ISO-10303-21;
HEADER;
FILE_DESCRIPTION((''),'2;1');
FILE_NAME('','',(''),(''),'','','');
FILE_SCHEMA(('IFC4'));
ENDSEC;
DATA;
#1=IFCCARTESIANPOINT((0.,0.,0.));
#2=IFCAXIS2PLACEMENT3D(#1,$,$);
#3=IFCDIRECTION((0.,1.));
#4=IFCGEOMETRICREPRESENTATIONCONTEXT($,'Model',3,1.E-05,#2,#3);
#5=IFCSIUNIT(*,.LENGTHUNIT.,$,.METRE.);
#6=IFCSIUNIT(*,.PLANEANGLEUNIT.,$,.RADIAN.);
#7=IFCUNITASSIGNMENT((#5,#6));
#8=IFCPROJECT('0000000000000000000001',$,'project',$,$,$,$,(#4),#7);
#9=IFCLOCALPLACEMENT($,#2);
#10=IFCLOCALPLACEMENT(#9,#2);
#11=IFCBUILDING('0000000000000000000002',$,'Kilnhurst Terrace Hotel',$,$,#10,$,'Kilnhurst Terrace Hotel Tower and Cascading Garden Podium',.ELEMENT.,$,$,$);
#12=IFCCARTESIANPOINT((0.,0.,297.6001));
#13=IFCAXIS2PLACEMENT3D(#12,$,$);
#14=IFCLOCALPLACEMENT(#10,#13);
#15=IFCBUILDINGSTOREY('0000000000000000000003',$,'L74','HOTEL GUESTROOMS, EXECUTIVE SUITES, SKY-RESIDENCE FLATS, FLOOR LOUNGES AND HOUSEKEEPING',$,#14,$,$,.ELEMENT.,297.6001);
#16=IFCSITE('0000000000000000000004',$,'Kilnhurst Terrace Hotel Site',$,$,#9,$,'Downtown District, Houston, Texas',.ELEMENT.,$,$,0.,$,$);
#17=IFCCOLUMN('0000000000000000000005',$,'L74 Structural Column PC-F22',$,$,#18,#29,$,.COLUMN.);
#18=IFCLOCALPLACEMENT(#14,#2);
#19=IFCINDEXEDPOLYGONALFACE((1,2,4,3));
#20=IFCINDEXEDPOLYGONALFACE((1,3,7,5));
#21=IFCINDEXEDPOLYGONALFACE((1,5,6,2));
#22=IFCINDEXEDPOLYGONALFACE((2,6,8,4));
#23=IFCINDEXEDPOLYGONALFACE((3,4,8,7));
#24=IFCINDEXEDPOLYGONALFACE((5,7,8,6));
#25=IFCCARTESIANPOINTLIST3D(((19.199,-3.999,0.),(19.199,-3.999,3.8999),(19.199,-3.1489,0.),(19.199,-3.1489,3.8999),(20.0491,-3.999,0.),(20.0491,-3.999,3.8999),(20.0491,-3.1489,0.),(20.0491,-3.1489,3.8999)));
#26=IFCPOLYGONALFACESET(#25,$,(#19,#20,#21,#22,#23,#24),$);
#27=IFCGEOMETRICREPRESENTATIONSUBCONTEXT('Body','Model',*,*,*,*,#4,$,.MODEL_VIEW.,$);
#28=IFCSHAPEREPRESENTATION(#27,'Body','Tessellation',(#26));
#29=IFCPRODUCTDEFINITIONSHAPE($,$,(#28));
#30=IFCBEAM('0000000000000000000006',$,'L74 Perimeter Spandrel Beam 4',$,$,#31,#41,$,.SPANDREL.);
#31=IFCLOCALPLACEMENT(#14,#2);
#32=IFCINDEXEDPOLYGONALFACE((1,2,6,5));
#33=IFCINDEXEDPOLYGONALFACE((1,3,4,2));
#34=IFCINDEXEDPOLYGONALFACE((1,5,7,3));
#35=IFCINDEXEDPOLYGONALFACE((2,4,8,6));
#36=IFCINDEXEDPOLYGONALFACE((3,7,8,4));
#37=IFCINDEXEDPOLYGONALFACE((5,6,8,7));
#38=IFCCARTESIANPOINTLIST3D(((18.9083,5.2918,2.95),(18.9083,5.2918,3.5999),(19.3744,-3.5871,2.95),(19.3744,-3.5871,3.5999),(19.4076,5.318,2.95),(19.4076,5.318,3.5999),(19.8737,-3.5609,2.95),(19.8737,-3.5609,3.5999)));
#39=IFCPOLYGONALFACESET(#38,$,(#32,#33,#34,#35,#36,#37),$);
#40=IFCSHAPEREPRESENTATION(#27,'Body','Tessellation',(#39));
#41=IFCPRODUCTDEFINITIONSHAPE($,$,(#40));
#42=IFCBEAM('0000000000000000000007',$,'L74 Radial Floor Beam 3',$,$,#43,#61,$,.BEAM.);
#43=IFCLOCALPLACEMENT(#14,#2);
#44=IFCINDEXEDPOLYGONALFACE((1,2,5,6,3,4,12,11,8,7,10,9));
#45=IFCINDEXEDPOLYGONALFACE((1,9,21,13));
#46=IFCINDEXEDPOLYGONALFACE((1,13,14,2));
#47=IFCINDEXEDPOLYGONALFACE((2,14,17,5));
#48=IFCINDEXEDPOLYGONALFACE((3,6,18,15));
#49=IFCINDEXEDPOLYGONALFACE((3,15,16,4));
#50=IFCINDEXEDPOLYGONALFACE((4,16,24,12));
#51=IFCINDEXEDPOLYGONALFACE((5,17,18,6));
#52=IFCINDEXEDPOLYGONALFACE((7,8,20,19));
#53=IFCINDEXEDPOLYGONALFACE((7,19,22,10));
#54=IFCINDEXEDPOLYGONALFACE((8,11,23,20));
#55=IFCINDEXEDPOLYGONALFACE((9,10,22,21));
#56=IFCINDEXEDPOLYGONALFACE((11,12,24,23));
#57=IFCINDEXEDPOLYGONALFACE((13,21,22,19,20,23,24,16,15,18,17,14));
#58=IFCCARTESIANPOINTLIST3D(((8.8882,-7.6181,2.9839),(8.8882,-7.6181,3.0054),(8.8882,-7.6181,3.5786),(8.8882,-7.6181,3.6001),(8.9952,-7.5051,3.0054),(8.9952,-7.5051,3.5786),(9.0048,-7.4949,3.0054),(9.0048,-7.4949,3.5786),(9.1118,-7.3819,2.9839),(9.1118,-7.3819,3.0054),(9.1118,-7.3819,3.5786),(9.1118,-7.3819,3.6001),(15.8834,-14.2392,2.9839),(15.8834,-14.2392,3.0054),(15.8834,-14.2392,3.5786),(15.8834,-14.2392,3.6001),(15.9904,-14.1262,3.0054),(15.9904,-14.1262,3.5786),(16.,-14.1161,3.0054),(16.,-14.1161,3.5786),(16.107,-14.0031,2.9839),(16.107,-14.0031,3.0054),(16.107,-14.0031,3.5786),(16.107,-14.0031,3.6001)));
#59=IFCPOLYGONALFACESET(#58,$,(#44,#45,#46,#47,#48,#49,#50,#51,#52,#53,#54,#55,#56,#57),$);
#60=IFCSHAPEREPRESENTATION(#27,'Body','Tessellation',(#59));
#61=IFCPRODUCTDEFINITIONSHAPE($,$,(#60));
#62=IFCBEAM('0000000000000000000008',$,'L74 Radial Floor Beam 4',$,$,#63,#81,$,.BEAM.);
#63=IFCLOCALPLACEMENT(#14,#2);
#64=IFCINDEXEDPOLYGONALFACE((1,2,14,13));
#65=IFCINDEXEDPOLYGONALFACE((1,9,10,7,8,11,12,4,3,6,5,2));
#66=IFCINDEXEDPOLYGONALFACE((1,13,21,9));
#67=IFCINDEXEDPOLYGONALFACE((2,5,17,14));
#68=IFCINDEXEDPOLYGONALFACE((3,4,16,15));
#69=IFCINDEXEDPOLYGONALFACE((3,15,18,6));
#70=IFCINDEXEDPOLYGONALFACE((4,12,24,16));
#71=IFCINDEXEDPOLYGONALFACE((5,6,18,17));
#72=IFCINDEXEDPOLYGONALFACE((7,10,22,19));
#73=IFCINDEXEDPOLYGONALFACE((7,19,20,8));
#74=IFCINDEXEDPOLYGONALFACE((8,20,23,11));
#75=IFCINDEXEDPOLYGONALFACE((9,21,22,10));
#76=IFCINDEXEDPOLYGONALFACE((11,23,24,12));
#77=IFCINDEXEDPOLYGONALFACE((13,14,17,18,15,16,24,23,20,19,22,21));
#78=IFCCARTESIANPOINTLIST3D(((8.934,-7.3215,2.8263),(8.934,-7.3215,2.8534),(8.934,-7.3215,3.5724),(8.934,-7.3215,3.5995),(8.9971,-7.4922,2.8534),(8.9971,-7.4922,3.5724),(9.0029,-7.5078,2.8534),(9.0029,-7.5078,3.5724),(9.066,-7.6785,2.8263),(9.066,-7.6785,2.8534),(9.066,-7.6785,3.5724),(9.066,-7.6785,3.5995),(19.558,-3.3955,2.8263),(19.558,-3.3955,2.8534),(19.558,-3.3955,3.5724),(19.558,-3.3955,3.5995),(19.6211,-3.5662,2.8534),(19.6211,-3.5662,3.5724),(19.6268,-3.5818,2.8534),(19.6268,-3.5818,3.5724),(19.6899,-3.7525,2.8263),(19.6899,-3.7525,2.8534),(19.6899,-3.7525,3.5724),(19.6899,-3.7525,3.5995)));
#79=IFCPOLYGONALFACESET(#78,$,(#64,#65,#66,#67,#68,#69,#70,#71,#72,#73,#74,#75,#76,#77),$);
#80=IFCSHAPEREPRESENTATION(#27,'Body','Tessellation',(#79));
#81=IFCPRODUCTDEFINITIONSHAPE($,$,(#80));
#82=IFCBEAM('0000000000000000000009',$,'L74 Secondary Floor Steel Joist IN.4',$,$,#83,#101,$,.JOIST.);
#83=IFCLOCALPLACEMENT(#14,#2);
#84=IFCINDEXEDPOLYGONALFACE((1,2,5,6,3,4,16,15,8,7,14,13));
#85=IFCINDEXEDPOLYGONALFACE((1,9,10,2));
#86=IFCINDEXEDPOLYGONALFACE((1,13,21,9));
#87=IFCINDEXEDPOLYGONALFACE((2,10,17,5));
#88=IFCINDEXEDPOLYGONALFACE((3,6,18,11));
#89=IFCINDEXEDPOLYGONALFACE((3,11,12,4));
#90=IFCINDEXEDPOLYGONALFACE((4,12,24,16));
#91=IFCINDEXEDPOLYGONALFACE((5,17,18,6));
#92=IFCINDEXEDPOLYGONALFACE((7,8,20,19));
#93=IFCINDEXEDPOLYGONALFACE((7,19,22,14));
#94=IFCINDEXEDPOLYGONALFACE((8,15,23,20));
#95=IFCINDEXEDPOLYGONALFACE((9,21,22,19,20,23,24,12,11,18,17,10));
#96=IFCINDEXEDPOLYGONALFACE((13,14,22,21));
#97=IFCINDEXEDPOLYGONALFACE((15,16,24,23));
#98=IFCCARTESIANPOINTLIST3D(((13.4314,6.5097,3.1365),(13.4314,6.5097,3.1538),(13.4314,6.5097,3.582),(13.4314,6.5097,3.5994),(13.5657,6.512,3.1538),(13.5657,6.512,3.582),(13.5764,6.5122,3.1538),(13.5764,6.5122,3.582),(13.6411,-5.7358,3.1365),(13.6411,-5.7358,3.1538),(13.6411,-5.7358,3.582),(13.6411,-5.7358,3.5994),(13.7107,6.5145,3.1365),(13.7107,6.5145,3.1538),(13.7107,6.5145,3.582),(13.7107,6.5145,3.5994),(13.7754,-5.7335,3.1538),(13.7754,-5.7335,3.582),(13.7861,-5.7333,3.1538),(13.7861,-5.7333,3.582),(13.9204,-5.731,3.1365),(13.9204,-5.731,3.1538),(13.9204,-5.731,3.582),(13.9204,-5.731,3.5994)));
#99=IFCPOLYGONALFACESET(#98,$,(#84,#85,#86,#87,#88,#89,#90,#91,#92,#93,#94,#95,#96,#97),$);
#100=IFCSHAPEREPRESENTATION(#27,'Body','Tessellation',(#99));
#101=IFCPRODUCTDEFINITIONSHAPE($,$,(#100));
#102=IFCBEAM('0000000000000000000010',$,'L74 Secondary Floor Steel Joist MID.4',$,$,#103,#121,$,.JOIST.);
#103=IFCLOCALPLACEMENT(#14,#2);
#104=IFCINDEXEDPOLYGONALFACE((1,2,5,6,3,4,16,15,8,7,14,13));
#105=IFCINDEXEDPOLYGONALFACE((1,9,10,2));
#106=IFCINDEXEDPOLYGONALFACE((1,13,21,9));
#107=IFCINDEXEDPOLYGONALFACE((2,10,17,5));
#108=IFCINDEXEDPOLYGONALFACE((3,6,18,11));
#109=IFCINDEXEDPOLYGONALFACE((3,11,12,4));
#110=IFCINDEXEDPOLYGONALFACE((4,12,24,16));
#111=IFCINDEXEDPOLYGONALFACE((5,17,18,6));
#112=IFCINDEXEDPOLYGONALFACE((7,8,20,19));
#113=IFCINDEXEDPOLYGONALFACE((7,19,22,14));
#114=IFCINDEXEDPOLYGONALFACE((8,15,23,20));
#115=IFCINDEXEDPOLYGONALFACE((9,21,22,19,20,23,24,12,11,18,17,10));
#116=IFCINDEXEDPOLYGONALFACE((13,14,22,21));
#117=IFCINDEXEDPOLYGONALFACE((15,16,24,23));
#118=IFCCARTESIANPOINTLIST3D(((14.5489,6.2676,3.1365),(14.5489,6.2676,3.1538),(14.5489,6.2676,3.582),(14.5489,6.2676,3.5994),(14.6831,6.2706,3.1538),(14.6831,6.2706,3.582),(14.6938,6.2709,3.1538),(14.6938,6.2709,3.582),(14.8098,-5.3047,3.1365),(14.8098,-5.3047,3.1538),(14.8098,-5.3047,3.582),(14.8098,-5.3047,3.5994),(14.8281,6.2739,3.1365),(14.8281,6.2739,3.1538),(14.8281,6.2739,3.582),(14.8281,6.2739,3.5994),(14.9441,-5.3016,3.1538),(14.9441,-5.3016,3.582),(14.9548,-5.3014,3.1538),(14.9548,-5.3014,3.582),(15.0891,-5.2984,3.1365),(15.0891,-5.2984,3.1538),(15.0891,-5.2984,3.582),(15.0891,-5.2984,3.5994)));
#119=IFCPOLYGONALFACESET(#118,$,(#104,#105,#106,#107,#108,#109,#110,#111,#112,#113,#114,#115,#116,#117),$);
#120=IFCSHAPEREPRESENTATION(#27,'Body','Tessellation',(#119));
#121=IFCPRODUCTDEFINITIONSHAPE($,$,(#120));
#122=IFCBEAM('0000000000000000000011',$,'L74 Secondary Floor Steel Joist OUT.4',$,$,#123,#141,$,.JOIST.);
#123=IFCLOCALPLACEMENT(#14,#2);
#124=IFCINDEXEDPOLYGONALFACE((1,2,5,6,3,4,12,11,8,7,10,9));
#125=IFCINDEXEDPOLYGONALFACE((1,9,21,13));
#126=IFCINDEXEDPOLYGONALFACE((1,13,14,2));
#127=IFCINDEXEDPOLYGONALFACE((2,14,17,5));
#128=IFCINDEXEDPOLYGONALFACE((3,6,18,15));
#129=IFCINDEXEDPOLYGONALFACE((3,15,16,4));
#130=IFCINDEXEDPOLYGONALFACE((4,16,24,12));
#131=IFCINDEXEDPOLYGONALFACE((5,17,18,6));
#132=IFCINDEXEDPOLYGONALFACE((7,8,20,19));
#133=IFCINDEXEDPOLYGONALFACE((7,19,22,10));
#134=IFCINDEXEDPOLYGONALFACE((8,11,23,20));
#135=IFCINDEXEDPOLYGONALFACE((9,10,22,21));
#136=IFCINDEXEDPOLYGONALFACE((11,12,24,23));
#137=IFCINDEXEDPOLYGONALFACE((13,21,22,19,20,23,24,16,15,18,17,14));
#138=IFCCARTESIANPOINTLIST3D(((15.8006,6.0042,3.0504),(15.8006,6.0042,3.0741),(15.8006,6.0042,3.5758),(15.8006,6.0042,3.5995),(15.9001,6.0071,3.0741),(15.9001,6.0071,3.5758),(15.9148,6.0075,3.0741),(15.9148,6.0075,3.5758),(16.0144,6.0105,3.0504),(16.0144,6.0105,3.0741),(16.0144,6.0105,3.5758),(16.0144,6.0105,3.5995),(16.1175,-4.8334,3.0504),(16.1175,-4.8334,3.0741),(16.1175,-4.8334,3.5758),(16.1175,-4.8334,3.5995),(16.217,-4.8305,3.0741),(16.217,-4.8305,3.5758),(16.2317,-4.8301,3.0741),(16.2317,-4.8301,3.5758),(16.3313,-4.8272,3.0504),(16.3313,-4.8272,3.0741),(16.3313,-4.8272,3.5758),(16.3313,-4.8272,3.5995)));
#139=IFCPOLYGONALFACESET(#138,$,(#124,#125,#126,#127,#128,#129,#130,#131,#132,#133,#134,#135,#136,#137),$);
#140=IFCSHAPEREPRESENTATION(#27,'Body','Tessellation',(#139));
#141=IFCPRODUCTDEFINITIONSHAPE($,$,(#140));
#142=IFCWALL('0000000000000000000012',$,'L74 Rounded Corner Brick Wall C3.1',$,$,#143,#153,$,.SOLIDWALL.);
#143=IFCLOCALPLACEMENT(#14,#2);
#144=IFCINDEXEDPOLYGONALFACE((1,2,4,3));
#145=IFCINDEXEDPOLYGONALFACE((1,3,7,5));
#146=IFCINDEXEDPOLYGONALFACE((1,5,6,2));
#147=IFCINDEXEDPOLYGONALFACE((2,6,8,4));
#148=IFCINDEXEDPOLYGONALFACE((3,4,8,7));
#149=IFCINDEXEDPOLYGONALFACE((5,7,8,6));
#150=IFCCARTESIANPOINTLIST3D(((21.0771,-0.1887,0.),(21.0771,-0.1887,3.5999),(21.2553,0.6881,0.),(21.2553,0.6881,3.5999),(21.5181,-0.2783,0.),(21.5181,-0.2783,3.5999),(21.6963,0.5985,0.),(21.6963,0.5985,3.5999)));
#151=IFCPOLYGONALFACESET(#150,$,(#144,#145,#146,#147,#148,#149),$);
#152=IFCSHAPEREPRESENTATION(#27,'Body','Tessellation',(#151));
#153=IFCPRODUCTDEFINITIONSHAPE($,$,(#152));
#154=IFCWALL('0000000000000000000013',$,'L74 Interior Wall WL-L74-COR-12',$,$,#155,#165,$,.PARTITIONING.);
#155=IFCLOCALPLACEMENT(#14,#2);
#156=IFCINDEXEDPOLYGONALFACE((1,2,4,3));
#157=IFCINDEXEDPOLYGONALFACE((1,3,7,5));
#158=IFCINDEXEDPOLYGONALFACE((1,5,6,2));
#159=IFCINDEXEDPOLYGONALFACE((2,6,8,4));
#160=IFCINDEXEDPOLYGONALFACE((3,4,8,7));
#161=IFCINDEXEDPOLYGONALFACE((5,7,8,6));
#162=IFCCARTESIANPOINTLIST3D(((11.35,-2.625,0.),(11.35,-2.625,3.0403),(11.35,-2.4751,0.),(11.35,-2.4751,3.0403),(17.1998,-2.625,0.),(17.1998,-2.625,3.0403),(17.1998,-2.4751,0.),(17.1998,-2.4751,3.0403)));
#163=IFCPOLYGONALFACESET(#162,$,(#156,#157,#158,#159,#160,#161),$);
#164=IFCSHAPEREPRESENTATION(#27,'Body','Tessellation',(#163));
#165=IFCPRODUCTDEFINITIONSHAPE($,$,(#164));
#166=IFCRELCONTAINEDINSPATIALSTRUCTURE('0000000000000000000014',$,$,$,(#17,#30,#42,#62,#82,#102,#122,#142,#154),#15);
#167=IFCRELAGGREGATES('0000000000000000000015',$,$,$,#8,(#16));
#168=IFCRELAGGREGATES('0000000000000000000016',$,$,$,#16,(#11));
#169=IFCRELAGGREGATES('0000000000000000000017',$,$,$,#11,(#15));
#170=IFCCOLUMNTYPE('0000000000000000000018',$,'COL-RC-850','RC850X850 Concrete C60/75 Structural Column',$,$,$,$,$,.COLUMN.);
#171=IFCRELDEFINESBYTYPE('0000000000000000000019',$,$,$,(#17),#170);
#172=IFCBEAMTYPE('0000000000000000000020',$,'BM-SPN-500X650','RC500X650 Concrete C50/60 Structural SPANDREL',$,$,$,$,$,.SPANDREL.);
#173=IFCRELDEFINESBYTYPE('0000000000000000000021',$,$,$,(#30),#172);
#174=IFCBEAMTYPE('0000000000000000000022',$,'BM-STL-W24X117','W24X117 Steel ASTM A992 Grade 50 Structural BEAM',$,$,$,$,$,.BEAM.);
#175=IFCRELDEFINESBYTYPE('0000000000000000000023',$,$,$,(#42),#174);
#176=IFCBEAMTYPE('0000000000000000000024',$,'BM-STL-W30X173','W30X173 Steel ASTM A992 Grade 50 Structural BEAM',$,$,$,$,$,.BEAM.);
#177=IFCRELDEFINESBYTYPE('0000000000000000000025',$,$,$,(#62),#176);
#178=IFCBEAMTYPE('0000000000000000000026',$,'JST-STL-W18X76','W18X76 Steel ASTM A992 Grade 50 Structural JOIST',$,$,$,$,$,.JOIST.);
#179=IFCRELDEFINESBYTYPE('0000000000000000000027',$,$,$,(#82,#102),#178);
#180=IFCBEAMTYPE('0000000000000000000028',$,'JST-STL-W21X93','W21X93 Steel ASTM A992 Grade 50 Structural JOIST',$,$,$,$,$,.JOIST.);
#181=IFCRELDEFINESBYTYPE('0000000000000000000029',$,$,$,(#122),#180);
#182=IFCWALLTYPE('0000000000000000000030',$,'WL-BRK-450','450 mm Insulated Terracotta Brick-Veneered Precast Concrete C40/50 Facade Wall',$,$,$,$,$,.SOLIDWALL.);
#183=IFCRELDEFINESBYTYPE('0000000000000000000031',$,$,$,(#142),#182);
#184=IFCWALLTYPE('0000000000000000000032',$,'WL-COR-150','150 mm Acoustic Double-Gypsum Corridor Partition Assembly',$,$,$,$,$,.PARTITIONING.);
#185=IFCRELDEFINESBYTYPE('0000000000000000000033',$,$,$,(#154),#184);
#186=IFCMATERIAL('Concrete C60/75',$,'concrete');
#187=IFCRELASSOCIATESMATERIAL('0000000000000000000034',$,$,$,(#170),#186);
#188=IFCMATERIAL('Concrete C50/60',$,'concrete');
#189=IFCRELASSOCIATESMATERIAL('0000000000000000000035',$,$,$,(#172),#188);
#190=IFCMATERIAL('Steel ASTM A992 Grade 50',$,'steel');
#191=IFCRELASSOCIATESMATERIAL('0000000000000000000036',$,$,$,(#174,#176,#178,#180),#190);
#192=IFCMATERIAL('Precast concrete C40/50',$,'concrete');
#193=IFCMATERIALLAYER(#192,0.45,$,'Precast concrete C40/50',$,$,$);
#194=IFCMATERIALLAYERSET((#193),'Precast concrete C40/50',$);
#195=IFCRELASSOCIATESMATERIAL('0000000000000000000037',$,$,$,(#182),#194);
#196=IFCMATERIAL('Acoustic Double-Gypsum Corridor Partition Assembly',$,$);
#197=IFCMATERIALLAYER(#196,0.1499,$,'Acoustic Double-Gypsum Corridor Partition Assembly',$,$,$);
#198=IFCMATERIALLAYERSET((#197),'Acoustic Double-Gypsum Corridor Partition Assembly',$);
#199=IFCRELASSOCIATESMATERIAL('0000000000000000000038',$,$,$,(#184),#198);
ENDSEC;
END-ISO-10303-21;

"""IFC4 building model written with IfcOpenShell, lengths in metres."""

from ifc_helpers import new_model, si_unit, direction, frame, frame_2d, origin, origin_2d, place, context, subcontext, project, spatial, rectangle, i_section, extrude, material, layer, layer_set, material_profile, profile_set, type_object, element, save


model = new_model("IFC4")

# Units and contexts
model_context = context("Model", 3, precision=1e-05, world=origin(), true_north=direction((0.0, 1.0)))
body_context = subcontext(model_context, "Body", "Model", "MODEL_VIEW")
ifc_project = project(units=[si_unit("LENGTHUNIT", "METRE"), si_unit("PLANEANGLEUNIT", "RADIAN")], contexts=[model_context])

# Site, building, storey
site_placement = place(None, origin())
site = spatial("IfcSite", under=ifc_project, at=site_placement, Name="Kilnhurst Terrace Hotel Site", LongName="Downtown District, Houston, Texas", CompositionType="ELEMENT", RefElevation=0.0)
building_placement = place(site_placement, origin())
building = spatial("IfcBuilding", under=site, at=building_placement, Name="Kilnhurst Terrace Hotel", LongName="Kilnhurst Terrace Hotel Tower and Cascading Garden Podium", CompositionType="ELEMENT")
storey_placement = place(building_placement, frame((0.0, 0.0, 297.6001)))
storey = spatial("IfcBuildingStorey", under=building, at=storey_placement, Name="L74", Description="HOTEL GUESTROOMS, EXECUTIVE SUITES, SKY-RESIDENCE FLATS, FLOOR LOUNGES AND HOUSEKEEPING", CompositionType="ELEMENT", Elevation=297.6001)

# Column
ifc_material_1 = material(Name="Concrete C60/75", Category="concrete")
ifc_material_profile_1 = material_profile(ifc_material_1, rectangle(XDim=0.8501, YDim=0.8501, at=origin_2d()), Name="RC850X850")
ifc_profile_set_1 = profile_set([ifc_material_profile_1], Name="Concrete C60/75")
column_type = type_object("IfcColumnType", Name="COL-RC-850", Description="RC850X850 Concrete C60/75 Structural Column", PredefinedType="COLUMN", material=ifc_profile_set_1)
column_placement = place(storey_placement, frame((19.624, -3.574, 0.0), z_axis=(0.0, 0.0, 1.0), x_axis=(1.0, 0.0, 0.0)))
element("IfcColumn", 1, at=column_placement, inside=storey, type_object=column_type, Name="L74 Structural Column PC-F22", PredefinedType="COLUMN", context=body_context, shape_type="SweptSolid", body=[
    extrude(rectangle(XDim=0.8501, YDim=0.8501, at=origin_2d()), origin(), (0.0, 0.0, 1.0), 3.8999),
])

# Beams
ifc_material_2 = material(Name="Concrete C50/60", Category="concrete")
ifc_material_profile_2 = material_profile(ifc_material_2, rectangle(XDim=0.5, YDim=0.6499, at=origin_2d()), Name="RC500X650")
ifc_profile_set_2 = profile_set([ifc_material_profile_2], Name="Concrete C50/60")
beam_type_1 = type_object("IfcBeamType", Name="BM-SPN-500X650", Description="RC500X650 Concrete C50/60 Structural SPANDREL", PredefinedType="SPANDREL", material=ifc_profile_set_2)
beam_1_placement = place(storey_placement, frame((19.624, -3.574, 3.2749), z_axis=(-0.052419, 0.998625, 0.0), x_axis=(-0.998625, -0.052419, 0.0)))
element("IfcBeam", 2, at=beam_1_placement, inside=storey, type_object=beam_type_1, Name="L74 Perimeter Spandrel Beam 4", PredefinedType="SPANDREL", context=body_context, shape_type="SweptSolid", body=[
    extrude(rectangle(XDim=0.5, YDim=0.6499, at=origin_2d()), origin(), (0.0, 0.0, 1.0), 8.8911),
])
ifc_material_3 = material(Name="Steel ASTM A992 Grade 50", Category="steel")
ifc_material_profile_3 = material_profile(ifc_material_3, i_section(OverallWidth=0.3252, OverallDepth=0.6162, WebThickness=0.0139, FlangeThickness=0.0215, at=origin_2d()), Name="W24X117")
ifc_profile_set_3 = profile_set([ifc_material_profile_3], Name="Steel ASTM A992 Grade 50")
beam_type_2 = type_object("IfcBeamType", Name="BM-STL-W24X117", Description="W24X117 Steel ASTM A992 Grade 50 Structural BEAM", PredefinedType="BEAM", material=ifc_profile_set_3)
beam_2_placement = place(storey_placement, frame((9.0, -7.5, 3.292), z_axis=(0.726256, -0.687424, 0.0), x_axis=(0.687424, 0.726256, 0.0)))
element("IfcBeam", 3, at=beam_2_placement, inside=storey, type_object=beam_type_2, Name="L74 Radial Floor Beam 3", PredefinedType="BEAM", context=body_context, shape_type="SweptSolid", body=[
    extrude(i_section(OverallWidth=0.3252, OverallDepth=0.6162, WebThickness=0.0139, FlangeThickness=0.0215, at=origin_2d()), origin(), (0.0, 0.0, 1.0), 9.6318),
])
ifc_material_profile_4 = material_profile(ifc_material_3, i_section(OverallWidth=0.3806, OverallDepth=0.7732, WebThickness=0.0166, FlangeThickness=0.0271, at=origin_2d()), Name="W30X173")
ifc_profile_set_4 = profile_set([ifc_material_profile_4], Name="Steel ASTM A992 Grade 50")
beam_type_3 = type_object("IfcBeamType", Name="BM-STL-W30X173", Description="W30X173 Steel ASTM A992 Grade 50 Structural BEAM", PredefinedType="BEAM", material=ifc_profile_set_4)
beam_3_placement = place(storey_placement, frame((9.0, -7.5, 3.2129), z_axis=(0.938002, 0.346631, 0.0), x_axis=(-0.346631, 0.938002, 0.0)))
element("IfcBeam", 4, at=beam_3_placement, inside=storey, type_object=beam_type_3, Name="L74 Radial Floor Beam 4", PredefinedType="BEAM", context=body_context, shape_type="SweptSolid", body=[
    extrude(i_section(OverallWidth=0.3806, OverallDepth=0.7732, WebThickness=0.0166, FlangeThickness=0.0271, at=origin_2d()), origin(), (0.0, 0.0, 1.0), 11.3262),
])
ifc_material_profile_5 = material_profile(ifc_material_3, i_section(OverallWidth=0.2793, OverallDepth=0.4629, WebThickness=0.0107, FlangeThickness=0.0173, at=origin_2d()), Name="W18X76")
ifc_profile_set_5 = profile_set([ifc_material_profile_5], Name="Steel ASTM A992 Grade 50")
beam_type_4 = type_object("IfcBeamType", Name="JST-STL-W18X76", Description="W18X76 Steel ASTM A992 Grade 50 Structural JOIST", PredefinedType="JOIST", material=ifc_profile_set_5)
beam_4_placement = place(storey_placement, frame((13.7808, -5.7334, 3.3679), z_axis=(-0.017123, 0.999853, 0.0), x_axis=(-0.999853, -0.017123, 0.0)))
element("IfcBeam", 5, at=beam_4_placement, inside=storey, type_object=beam_type_4, Name="L74 Secondary Floor Steel Joist IN.4", PredefinedType="JOIST", context=body_context, shape_type="SweptSolid", body=[
    extrude(i_section(OverallWidth=0.2793, OverallDepth=0.4629, WebThickness=0.0107, FlangeThickness=0.0173, at=origin_2d()), origin(), (0.0, 0.0, 1.0), 12.2473),
])
beam_5_placement = place(storey_placement, frame((14.9495, -5.3015, 3.3679), z_axis=(-0.022547, 0.999746, 0.0), x_axis=(-0.999746, -0.022547, 0.0)))
element("IfcBeam", 6, at=beam_5_placement, inside=storey, type_object=beam_type_4, Name="L74 Secondary Floor Steel Joist MID.4", PredefinedType="JOIST", context=body_context, shape_type="SweptSolid", body=[
    extrude(i_section(OverallWidth=0.2793, OverallDepth=0.4629, WebThickness=0.0107, FlangeThickness=0.0173, at=origin_2d()), origin(), (0.0, 0.0, 1.0), 11.5752),
])
ifc_material_profile_6 = material_profile(ifc_material_3, i_section(OverallWidth=0.2139, OverallDepth=0.5491, WebThickness=0.0146, FlangeThickness=0.0237, at=origin_2d()), Name="W21X93")
ifc_profile_set_6 = profile_set([ifc_material_profile_6], Name="Steel ASTM A992 Grade 50")
beam_type_5 = type_object("IfcBeamType", Name="JST-STL-W21X93", Description="W21X93 Steel ASTM A992 Grade 50 Structural JOIST", PredefinedType="JOIST", material=ifc_profile_set_6)
beam_6_placement = place(storey_placement, frame((16.2244, -4.8303, 3.325), z_axis=(-0.029228, 0.999573, 0.0), x_axis=(-0.999573, -0.029228, 0.0)))
element("IfcBeam", 7, at=beam_6_placement, inside=storey, type_object=beam_type_5, Name="L74 Secondary Floor Steel Joist OUT.4", PredefinedType="JOIST", context=body_context, shape_type="SweptSolid", body=[
    extrude(i_section(OverallWidth=0.2139, OverallDepth=0.5491, WebThickness=0.0146, FlangeThickness=0.0237, at=origin_2d()), origin(), (0.0, 0.0, 1.0), 10.8423),
])

# Walls
ifc_material_4 = material(Name="Precast concrete C40/50", Category="concrete")
ifc_layer_1 = layer(ifc_material_4, 0.45, Name="Precast concrete C40/50")
ifc_layer_set_1 = layer_set([ifc_layer_1], Name="Precast concrete C40/50")
wall_type_1 = type_object("IfcWallType", Name="WL-BRK-450", Description="450 mm Insulated Terracotta Brick-Veneered Precast Concrete C40/50 Facade Wall", PredefinedType="SOLIDWALL", material=ifc_layer_set_1)
wall_1_placement = place(storey_placement, frame((21.2976, -0.2334, 0.0), z_axis=(0.0, 0.0, 1.0), x_axis=(0.199158, 0.979967, 0.0)))
element("IfcWall", 8, at=wall_1_placement, inside=storey, type_object=wall_type_1, Name="L74 Rounded Corner Brick Wall C3.1", PredefinedType="SOLIDWALL", context=body_context, shape_type="SweptSolid", body=[
    extrude(rectangle(XDim=0.8948, YDim=0.45, at=frame_2d((0.4473, 0.0))), origin(), (0.0, 0.0, 1.0), 3.5999),
])
ifc_material_5 = material(Name="Acoustic Double-Gypsum Corridor Partition Assembly")
ifc_layer_2 = layer(ifc_material_5, 0.1499, Name="Acoustic Double-Gypsum Corridor Partition Assembly")
ifc_layer_set_2 = layer_set([ifc_layer_2], Name="Acoustic Double-Gypsum Corridor Partition Assembly")
wall_type_2 = type_object("IfcWallType", Name="WL-COR-150", Description="150 mm Acoustic Double-Gypsum Corridor Partition Assembly", PredefinedType="PARTITIONING", material=ifc_layer_set_2)
wall_2_placement = place(storey_placement, frame((11.3501, -2.55, 0.0), z_axis=(0.0, 0.0, 1.0), x_axis=(1.0, 0.0, 0.0)))
element("IfcWall", 9, at=wall_2_placement, inside=storey, type_object=wall_type_2, Name="L74 Interior Wall WL-L74-COR-12", PredefinedType="PARTITIONING", context=body_context, shape_type="SweptSolid", body=[
    extrude(rectangle(XDim=5.8499, YDim=0.1499, at=frame_2d((2.9248, 0.0))), origin(), (0.0, 0.0, 1.0), 3.0403),
])

save(model, "model.ifc")
